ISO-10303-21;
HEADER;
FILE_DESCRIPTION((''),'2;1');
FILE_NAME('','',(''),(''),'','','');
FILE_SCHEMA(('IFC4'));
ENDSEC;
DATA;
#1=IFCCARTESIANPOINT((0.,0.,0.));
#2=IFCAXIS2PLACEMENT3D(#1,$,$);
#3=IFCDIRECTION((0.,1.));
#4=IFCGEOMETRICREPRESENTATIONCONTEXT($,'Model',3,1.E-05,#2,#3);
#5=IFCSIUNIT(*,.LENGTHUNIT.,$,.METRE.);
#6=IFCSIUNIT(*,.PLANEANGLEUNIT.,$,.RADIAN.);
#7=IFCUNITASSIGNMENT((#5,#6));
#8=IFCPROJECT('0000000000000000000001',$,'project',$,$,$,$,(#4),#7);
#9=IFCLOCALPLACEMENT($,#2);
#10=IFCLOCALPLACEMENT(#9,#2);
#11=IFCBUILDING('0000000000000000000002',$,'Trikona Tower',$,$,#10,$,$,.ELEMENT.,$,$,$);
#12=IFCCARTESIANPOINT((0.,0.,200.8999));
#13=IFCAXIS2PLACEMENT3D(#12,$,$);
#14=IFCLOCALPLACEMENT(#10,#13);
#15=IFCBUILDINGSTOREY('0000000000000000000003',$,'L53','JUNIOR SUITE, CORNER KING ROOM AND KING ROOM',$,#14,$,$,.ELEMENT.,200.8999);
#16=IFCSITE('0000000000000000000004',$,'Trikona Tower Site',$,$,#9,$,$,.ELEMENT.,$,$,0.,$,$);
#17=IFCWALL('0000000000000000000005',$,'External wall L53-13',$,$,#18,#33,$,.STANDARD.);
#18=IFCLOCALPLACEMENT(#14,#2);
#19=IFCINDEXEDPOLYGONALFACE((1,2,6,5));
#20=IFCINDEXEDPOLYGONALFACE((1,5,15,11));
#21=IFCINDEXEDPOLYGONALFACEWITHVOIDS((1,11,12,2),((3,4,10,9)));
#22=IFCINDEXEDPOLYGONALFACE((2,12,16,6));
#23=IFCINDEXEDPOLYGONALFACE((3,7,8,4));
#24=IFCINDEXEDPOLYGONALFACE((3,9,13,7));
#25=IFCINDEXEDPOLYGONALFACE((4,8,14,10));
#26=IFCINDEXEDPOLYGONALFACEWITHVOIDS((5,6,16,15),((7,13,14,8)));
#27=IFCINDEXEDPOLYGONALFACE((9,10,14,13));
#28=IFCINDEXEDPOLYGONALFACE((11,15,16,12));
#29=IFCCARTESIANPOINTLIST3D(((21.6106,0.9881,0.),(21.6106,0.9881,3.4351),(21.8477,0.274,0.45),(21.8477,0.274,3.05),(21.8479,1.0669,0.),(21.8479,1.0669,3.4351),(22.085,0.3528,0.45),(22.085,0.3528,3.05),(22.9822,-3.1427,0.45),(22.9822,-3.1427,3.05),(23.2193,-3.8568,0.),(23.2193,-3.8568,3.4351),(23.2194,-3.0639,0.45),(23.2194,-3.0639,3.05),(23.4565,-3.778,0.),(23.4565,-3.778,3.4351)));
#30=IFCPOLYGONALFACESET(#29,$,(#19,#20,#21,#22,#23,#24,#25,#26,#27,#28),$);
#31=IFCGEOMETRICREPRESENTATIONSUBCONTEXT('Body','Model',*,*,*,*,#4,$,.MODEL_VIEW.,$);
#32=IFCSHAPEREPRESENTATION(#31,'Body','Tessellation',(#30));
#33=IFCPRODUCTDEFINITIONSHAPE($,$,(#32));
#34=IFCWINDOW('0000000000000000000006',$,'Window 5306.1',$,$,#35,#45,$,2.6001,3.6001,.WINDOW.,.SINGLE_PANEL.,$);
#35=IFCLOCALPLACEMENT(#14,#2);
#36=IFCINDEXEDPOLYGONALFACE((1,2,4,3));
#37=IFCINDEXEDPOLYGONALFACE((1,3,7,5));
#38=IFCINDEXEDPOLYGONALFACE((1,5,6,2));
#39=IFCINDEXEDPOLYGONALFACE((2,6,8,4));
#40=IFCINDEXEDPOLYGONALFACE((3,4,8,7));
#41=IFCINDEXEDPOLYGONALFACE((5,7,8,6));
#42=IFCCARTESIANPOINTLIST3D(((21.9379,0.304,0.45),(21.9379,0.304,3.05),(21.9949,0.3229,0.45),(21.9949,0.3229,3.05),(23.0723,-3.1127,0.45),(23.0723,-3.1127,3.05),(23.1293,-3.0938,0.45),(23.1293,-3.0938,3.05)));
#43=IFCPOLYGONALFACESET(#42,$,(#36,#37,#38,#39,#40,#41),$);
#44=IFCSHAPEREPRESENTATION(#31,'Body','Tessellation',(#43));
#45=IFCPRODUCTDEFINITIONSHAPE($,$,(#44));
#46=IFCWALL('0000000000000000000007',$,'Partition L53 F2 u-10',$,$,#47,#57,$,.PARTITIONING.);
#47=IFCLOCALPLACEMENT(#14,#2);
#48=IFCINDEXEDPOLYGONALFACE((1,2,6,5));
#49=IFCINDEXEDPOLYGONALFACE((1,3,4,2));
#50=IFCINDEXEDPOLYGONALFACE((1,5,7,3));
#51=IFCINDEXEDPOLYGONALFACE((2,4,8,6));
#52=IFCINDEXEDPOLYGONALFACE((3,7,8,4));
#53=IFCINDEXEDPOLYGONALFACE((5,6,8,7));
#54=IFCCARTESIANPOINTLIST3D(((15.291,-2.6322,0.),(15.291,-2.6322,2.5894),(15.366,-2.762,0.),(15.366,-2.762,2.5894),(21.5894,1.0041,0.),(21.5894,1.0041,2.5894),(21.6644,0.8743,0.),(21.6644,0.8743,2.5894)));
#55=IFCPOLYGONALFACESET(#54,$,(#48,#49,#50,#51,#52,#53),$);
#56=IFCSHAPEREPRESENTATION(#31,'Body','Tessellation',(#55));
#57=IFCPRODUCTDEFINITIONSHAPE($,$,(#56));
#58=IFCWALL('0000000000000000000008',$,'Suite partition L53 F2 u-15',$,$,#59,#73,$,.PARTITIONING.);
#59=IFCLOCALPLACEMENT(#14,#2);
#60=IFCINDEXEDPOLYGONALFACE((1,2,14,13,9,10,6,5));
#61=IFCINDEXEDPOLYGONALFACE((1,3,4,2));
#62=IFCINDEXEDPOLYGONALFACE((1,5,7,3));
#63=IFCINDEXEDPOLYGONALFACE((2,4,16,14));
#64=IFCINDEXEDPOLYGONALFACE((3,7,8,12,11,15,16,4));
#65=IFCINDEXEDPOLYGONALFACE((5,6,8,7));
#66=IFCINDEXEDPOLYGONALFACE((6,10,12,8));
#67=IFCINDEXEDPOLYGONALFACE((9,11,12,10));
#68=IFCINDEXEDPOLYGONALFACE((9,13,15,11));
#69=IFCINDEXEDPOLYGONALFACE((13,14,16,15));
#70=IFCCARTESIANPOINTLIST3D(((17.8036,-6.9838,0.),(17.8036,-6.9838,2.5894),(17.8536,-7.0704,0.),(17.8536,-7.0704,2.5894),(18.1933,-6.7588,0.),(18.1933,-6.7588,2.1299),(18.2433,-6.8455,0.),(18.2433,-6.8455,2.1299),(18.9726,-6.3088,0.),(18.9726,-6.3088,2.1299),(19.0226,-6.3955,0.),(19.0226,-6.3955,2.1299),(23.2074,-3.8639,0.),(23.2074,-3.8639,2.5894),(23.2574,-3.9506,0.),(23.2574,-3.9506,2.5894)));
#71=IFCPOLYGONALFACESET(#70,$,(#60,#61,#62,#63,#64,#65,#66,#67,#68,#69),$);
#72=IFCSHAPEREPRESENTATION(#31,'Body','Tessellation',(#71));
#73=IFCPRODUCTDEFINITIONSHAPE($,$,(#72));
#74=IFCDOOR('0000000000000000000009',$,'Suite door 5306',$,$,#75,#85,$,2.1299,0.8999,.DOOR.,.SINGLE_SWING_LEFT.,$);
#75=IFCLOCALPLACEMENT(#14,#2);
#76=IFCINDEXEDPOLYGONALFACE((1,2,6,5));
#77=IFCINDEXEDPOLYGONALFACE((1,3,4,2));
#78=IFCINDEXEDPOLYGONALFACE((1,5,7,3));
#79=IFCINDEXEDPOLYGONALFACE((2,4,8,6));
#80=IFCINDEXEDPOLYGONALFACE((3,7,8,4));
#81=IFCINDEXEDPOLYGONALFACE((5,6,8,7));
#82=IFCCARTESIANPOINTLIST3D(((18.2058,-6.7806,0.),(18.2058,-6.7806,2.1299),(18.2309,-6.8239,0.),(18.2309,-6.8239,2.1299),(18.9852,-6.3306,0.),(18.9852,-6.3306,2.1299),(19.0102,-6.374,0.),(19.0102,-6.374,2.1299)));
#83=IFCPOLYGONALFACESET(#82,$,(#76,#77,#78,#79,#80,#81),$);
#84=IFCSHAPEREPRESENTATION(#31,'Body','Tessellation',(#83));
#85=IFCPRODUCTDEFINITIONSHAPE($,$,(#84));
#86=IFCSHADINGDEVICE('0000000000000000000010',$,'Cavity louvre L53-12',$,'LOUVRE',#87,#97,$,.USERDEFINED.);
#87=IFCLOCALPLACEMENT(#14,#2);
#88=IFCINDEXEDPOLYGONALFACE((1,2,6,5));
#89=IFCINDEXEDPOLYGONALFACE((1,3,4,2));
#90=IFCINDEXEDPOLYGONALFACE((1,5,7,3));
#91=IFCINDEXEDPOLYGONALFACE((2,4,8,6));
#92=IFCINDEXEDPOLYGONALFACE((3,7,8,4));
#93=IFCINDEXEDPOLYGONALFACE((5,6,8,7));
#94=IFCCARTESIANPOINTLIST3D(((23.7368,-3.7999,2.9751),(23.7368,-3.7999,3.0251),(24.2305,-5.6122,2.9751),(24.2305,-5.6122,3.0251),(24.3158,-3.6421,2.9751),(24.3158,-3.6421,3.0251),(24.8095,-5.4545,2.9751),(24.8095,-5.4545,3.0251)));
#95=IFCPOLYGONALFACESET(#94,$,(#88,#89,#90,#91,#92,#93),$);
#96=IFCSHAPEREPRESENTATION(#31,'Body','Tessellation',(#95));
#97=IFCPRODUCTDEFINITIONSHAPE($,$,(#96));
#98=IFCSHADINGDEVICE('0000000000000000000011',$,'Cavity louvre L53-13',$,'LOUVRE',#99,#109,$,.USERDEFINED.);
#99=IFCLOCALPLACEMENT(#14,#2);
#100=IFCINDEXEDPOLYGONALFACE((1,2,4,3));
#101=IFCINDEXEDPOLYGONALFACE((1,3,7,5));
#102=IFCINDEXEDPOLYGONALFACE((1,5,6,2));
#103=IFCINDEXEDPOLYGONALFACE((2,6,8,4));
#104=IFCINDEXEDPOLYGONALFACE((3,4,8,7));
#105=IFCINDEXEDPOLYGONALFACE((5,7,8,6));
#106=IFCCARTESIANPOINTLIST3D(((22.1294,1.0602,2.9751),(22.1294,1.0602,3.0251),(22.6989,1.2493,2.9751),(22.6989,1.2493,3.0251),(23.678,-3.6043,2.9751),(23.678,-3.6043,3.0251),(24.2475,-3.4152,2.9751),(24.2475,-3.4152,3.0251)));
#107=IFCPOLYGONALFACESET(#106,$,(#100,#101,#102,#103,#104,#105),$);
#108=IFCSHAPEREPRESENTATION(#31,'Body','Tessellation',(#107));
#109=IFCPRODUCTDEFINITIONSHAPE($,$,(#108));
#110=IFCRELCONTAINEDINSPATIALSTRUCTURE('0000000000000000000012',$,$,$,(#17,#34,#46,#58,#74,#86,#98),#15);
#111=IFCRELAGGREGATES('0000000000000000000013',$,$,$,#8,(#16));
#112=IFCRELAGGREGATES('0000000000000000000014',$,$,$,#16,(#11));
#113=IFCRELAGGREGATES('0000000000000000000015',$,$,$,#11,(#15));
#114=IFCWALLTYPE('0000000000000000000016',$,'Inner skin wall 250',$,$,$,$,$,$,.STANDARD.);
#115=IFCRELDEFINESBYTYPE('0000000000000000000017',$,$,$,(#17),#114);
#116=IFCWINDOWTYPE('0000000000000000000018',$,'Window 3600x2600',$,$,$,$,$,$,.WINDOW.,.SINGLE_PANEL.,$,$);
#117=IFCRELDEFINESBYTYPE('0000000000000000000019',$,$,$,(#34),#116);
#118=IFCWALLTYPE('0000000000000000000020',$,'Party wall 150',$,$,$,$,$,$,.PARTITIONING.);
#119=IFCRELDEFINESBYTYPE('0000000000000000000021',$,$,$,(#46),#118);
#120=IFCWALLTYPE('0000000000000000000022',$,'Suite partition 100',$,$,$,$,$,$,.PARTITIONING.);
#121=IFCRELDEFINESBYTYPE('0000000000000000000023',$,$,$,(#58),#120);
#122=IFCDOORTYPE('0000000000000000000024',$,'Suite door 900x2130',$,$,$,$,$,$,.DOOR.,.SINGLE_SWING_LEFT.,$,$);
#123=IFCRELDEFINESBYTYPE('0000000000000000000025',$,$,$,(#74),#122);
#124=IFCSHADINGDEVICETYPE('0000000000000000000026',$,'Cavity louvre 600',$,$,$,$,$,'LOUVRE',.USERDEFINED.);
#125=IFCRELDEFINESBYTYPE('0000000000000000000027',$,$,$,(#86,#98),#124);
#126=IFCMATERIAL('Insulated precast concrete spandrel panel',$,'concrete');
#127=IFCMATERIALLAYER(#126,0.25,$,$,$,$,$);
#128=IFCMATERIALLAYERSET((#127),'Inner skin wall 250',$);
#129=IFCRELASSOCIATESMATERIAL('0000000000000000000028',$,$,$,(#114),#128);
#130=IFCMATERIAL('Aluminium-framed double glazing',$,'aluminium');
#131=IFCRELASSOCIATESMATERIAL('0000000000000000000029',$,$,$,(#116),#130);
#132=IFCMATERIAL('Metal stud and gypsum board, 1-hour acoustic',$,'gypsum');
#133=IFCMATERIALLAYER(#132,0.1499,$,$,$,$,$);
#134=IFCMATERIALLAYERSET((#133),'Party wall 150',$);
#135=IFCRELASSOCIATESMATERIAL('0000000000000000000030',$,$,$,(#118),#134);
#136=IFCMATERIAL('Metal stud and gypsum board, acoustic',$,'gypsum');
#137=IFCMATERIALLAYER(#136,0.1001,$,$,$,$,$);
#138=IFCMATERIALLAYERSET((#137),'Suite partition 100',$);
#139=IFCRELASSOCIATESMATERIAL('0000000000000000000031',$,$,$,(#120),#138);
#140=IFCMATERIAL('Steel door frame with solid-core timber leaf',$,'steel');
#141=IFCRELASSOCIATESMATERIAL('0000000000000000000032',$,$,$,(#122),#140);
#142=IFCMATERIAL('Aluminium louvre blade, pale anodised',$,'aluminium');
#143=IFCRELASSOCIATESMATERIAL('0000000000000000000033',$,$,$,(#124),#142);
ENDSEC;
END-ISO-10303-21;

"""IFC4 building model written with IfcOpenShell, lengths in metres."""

from ifc_helpers import new_model, si_unit, direction, frame, frame_2d, origin, origin_2d, place, context, subcontext, project, spatial, rectangle, extrude, material, layer, layer_set, type_object, element, fill, save


model = new_model("IFC4")

# Units and contexts
model_context = context("Model", 3, precision=1e-05, world=origin(), true_north=direction((0.0, 1.0)))
body_context = subcontext(model_context, "Body", "Model", "MODEL_VIEW")
ifc_project = project(units=[si_unit("LENGTHUNIT", "METRE"), si_unit("PLANEANGLEUNIT", "RADIAN")], contexts=[model_context])

# Site, building, storey
site_placement = place(None, origin())
site = spatial("IfcSite", under=ifc_project, at=site_placement, Name="Trikona Tower Site", CompositionType="ELEMENT", RefElevation=0.0)
building_placement = place(site_placement, origin())
building = spatial("IfcBuilding", under=site, at=building_placement, Name="Trikona Tower", CompositionType="ELEMENT")
storey_placement = place(building_placement, frame((0.0, 0.0, 200.8999)))
storey = spatial("IfcBuildingStorey", under=building, at=storey_placement, Name="L53", Description="JUNIOR SUITE, CORNER KING ROOM AND KING ROOM", CompositionType="ELEMENT", Elevation=200.8999)

# Shared definitions
ifc_material_1 = material(Name="Insulated precast concrete spandrel panel", Category="concrete")
ifc_layer_1 = layer(ifc_material_1, 0.25)
ifc_layer_set_1 = layer_set([ifc_layer_1], Name="Inner skin wall 250")
wall_type_1 = type_object("IfcWallType", Name="Inner skin wall 250", PredefinedType="STANDARD", material=ifc_layer_set_1)

# Wall, opening, window
wall_1_placement = place(storey_placement, frame((23.3379, -3.8174, 0.0), z_axis=(0.0, 0.0, 1.0), x_axis=(-0.315108, 0.949056, 0.0)))
wall_1 = element("IfcWall", 1, at=wall_1_placement, inside=storey, type_object=wall_type_1, Name="External wall L53-13", PredefinedType="STANDARD", context=body_context, shape_type="SweptSolid", body=[
    extrude(rectangle(XDim=5.105, YDim=0.25, at=frame_2d((2.5525, 0.0))), origin(), (0.0, 0.0, 1.0), 3.4351),
])
opening_1_placement = place(wall_1_placement, frame((0.7524, 0.0, 0.45)))
opening_1 = element("IfcOpeningElement", 2, at=opening_1_placement, cuts=wall_1, PredefinedType="OPENING", context=body_context, shape_type="SweptSolid", body=[
    extrude(rectangle(XDim=3.6001, YDim=2.6001, at=frame_2d((1.8, 1.3))), frame((0.0, 0.135, 0.0), z_axis=(0.0, -1.0, 0.0), x_axis=(1.0, 0.0, 0.0)), (0.0, 0.0, 1.0), 0.27),
])
ifc_material_2 = material(Name="Aluminium-framed double glazing", Category="aluminium")
window_type = type_object("IfcWindowType", Name="Window 3600x2600", PartitioningType="SINGLE_PANEL", PredefinedType="WINDOW", material=ifc_material_2)
window_placement = place(opening_1_placement, origin())
window = element("IfcWindow", 3, at=window_placement, inside=storey, type_object=window_type, Name="Window 5306.1", OverallHeight=2.6001, OverallWidth=3.6001, PartitioningType="SINGLE_PANEL", PredefinedType="WINDOW", context=body_context, shape_type="SweptSolid", body=[
    extrude(rectangle(XDim=3.6001, YDim=2.6001, at=frame_2d((1.8, 1.3))), frame((0.0, 0.03, 0.0), z_axis=(0.0, -1.0, 0.0), x_axis=(1.0, 0.0, 0.0)), (0.0, 0.0, 1.0), 0.0601),
])
fill(opening_1, window)

# Wall
ifc_material_3 = material(Name="Metal stud and gypsum board, 1-hour acoustic", Category="gypsum")
ifc_layer_2 = layer(ifc_material_3, 0.1499)
ifc_layer_set_2 = layer_set([ifc_layer_2], Name="Party wall 150")
wall_type_2 = type_object("IfcWallType", Name="Party wall 150", PredefinedType="PARTITIONING", material=ifc_layer_set_2)
wall_2_placement = place(storey_placement, frame((15.3286, -2.697, 0.0), z_axis=(0.0, 0.0, 1.0), x_axis=(0.866032, 0.499988, 0.0)))
element("IfcWall", 4, at=wall_2_placement, inside=storey, type_object=wall_type_2, Name="Partition L53 F2 u-10", PredefinedType="PARTITIONING", context=body_context, shape_type="SweptSolid", body=[
    extrude(rectangle(XDim=7.2727, YDim=0.1499, at=frame_2d((3.6362, 0.0))), origin(), (0.0, 0.0, 1.0), 2.5894),
])

# Wall, opening, door
ifc_material_4 = material(Name="Metal stud and gypsum board, acoustic", Category="gypsum")
ifc_layer_3 = layer(ifc_material_4, 0.1001)
ifc_layer_set_3 = layer_set([ifc_layer_3], Name="Suite partition 100")
wall_type_3 = type_object("IfcWallType", Name="Suite partition 100", PredefinedType="PARTITIONING", material=ifc_layer_set_3)
wall_3_placement = place(storey_placement, frame((17.8286, -7.0271, 0.0), z_axis=(0.0, 0.0, 1.0), x_axis=(0.866027, 0.499998, 0.0)))
wall_3 = element("IfcWall", 5, at=wall_3_placement, inside=storey, type_object=wall_type_3, Name="Suite partition L53 F2 u-15", PredefinedType="PARTITIONING", context=body_context, shape_type="SweptSolid", body=[
    extrude(rectangle(XDim=6.2397, YDim=0.1001, at=frame_2d((3.1199, 0.0))), origin(), (0.0, 0.0, 1.0), 2.5894),
])
opening_2_placement = place(wall_3_placement, frame((0.45, 0.0, 0.0)))
opening_2 = element("IfcOpeningElement", 6, at=opening_2_placement, cuts=wall_3, PredefinedType="OPENING", context=body_context, shape_type="SweptSolid", body=[
    extrude(rectangle(XDim=0.8999, YDim=2.1299, at=frame_2d((0.45, 1.0649))), frame((0.0, 0.0601, 0.0), z_axis=(0.0, -1.0, 0.0), x_axis=(1.0, 0.0, 0.0)), (0.0, 0.0, 1.0), 0.1201),
])
ifc_material_5 = material(Name="Steel door frame with solid-core timber leaf", Category="steel")
door_type_1 = type_object("IfcDoorType", Name="Suite door 900x2130", OperationType="SINGLE_SWING_LEFT", PredefinedType="DOOR", material=ifc_material_5)
door_1_placement = place(opening_2_placement, origin())
door_1 = element("IfcDoor", 7, at=door_1_placement, inside=storey, type_object=door_type_1, Name="Suite door 5306", OperationType="SINGLE_SWING_LEFT", OverallHeight=2.1299, OverallWidth=0.8999, PredefinedType="DOOR", context=body_context, shape_type="SweptSolid", body=[
    extrude(rectangle(XDim=0.8999, YDim=2.1299, at=frame_2d((0.45, 1.0649))), frame((0.0, 0.0249, 0.0), z_axis=(0.0, -1.0, 0.0), x_axis=(1.0, 0.0, 0.0)), (0.0, 0.0, 1.0), 0.05),
])
fill(opening_2, door_1)

# Shading devices
ifc_material_6 = material(Name="Aluminium louvre blade, pale anodised", Category="aluminium")
shading_device_type = type_object("IfcShadingDeviceType", Name="Cavity louvre 600", ElementType="LOUVRE", PredefinedType="USERDEFINED", material=ifc_material_6)
shading_device_1_placement = place(storey_placement, frame((24.2732, -4.6272, 2.9751), z_axis=(0.0, 0.0, 1.0), x_axis=(-0.262822, 0.964844, 0.0)))
element("IfcShadingDevice", 8, at=shading_device_1_placement, inside=storey, type_object=shading_device_type, Name="Cavity louvre L53-12", ObjectType="LOUVRE", PredefinedType="USERDEFINED", context=body_context, shape_type="SweptSolid", body=[
    extrude(rectangle(XDim=1.8784, YDim=0.6001, at=origin_2d()), origin(), (0.0, 0.0, 1.0), 0.05),
])
shading_device_2_placement = place(storey_placement, frame((23.1885, -1.1775, 2.9751), z_axis=(0.0, 0.0, 1.0), x_axis=(-0.315093, 0.949061, 0.0)))
element("IfcShadingDevice", 9, at=shading_device_2_placement, inside=storey, type_object=shading_device_type, Name="Cavity louvre L53-13", ObjectType="LOUVRE", PredefinedType="USERDEFINED", context=body_context, shape_type="SweptSolid", body=[
    extrude(rectangle(XDim=4.9148, YDim=0.6001, at=origin_2d()), origin(), (0.0, 0.0, 1.0), 0.05),
])

save(model, "model.ifc")
